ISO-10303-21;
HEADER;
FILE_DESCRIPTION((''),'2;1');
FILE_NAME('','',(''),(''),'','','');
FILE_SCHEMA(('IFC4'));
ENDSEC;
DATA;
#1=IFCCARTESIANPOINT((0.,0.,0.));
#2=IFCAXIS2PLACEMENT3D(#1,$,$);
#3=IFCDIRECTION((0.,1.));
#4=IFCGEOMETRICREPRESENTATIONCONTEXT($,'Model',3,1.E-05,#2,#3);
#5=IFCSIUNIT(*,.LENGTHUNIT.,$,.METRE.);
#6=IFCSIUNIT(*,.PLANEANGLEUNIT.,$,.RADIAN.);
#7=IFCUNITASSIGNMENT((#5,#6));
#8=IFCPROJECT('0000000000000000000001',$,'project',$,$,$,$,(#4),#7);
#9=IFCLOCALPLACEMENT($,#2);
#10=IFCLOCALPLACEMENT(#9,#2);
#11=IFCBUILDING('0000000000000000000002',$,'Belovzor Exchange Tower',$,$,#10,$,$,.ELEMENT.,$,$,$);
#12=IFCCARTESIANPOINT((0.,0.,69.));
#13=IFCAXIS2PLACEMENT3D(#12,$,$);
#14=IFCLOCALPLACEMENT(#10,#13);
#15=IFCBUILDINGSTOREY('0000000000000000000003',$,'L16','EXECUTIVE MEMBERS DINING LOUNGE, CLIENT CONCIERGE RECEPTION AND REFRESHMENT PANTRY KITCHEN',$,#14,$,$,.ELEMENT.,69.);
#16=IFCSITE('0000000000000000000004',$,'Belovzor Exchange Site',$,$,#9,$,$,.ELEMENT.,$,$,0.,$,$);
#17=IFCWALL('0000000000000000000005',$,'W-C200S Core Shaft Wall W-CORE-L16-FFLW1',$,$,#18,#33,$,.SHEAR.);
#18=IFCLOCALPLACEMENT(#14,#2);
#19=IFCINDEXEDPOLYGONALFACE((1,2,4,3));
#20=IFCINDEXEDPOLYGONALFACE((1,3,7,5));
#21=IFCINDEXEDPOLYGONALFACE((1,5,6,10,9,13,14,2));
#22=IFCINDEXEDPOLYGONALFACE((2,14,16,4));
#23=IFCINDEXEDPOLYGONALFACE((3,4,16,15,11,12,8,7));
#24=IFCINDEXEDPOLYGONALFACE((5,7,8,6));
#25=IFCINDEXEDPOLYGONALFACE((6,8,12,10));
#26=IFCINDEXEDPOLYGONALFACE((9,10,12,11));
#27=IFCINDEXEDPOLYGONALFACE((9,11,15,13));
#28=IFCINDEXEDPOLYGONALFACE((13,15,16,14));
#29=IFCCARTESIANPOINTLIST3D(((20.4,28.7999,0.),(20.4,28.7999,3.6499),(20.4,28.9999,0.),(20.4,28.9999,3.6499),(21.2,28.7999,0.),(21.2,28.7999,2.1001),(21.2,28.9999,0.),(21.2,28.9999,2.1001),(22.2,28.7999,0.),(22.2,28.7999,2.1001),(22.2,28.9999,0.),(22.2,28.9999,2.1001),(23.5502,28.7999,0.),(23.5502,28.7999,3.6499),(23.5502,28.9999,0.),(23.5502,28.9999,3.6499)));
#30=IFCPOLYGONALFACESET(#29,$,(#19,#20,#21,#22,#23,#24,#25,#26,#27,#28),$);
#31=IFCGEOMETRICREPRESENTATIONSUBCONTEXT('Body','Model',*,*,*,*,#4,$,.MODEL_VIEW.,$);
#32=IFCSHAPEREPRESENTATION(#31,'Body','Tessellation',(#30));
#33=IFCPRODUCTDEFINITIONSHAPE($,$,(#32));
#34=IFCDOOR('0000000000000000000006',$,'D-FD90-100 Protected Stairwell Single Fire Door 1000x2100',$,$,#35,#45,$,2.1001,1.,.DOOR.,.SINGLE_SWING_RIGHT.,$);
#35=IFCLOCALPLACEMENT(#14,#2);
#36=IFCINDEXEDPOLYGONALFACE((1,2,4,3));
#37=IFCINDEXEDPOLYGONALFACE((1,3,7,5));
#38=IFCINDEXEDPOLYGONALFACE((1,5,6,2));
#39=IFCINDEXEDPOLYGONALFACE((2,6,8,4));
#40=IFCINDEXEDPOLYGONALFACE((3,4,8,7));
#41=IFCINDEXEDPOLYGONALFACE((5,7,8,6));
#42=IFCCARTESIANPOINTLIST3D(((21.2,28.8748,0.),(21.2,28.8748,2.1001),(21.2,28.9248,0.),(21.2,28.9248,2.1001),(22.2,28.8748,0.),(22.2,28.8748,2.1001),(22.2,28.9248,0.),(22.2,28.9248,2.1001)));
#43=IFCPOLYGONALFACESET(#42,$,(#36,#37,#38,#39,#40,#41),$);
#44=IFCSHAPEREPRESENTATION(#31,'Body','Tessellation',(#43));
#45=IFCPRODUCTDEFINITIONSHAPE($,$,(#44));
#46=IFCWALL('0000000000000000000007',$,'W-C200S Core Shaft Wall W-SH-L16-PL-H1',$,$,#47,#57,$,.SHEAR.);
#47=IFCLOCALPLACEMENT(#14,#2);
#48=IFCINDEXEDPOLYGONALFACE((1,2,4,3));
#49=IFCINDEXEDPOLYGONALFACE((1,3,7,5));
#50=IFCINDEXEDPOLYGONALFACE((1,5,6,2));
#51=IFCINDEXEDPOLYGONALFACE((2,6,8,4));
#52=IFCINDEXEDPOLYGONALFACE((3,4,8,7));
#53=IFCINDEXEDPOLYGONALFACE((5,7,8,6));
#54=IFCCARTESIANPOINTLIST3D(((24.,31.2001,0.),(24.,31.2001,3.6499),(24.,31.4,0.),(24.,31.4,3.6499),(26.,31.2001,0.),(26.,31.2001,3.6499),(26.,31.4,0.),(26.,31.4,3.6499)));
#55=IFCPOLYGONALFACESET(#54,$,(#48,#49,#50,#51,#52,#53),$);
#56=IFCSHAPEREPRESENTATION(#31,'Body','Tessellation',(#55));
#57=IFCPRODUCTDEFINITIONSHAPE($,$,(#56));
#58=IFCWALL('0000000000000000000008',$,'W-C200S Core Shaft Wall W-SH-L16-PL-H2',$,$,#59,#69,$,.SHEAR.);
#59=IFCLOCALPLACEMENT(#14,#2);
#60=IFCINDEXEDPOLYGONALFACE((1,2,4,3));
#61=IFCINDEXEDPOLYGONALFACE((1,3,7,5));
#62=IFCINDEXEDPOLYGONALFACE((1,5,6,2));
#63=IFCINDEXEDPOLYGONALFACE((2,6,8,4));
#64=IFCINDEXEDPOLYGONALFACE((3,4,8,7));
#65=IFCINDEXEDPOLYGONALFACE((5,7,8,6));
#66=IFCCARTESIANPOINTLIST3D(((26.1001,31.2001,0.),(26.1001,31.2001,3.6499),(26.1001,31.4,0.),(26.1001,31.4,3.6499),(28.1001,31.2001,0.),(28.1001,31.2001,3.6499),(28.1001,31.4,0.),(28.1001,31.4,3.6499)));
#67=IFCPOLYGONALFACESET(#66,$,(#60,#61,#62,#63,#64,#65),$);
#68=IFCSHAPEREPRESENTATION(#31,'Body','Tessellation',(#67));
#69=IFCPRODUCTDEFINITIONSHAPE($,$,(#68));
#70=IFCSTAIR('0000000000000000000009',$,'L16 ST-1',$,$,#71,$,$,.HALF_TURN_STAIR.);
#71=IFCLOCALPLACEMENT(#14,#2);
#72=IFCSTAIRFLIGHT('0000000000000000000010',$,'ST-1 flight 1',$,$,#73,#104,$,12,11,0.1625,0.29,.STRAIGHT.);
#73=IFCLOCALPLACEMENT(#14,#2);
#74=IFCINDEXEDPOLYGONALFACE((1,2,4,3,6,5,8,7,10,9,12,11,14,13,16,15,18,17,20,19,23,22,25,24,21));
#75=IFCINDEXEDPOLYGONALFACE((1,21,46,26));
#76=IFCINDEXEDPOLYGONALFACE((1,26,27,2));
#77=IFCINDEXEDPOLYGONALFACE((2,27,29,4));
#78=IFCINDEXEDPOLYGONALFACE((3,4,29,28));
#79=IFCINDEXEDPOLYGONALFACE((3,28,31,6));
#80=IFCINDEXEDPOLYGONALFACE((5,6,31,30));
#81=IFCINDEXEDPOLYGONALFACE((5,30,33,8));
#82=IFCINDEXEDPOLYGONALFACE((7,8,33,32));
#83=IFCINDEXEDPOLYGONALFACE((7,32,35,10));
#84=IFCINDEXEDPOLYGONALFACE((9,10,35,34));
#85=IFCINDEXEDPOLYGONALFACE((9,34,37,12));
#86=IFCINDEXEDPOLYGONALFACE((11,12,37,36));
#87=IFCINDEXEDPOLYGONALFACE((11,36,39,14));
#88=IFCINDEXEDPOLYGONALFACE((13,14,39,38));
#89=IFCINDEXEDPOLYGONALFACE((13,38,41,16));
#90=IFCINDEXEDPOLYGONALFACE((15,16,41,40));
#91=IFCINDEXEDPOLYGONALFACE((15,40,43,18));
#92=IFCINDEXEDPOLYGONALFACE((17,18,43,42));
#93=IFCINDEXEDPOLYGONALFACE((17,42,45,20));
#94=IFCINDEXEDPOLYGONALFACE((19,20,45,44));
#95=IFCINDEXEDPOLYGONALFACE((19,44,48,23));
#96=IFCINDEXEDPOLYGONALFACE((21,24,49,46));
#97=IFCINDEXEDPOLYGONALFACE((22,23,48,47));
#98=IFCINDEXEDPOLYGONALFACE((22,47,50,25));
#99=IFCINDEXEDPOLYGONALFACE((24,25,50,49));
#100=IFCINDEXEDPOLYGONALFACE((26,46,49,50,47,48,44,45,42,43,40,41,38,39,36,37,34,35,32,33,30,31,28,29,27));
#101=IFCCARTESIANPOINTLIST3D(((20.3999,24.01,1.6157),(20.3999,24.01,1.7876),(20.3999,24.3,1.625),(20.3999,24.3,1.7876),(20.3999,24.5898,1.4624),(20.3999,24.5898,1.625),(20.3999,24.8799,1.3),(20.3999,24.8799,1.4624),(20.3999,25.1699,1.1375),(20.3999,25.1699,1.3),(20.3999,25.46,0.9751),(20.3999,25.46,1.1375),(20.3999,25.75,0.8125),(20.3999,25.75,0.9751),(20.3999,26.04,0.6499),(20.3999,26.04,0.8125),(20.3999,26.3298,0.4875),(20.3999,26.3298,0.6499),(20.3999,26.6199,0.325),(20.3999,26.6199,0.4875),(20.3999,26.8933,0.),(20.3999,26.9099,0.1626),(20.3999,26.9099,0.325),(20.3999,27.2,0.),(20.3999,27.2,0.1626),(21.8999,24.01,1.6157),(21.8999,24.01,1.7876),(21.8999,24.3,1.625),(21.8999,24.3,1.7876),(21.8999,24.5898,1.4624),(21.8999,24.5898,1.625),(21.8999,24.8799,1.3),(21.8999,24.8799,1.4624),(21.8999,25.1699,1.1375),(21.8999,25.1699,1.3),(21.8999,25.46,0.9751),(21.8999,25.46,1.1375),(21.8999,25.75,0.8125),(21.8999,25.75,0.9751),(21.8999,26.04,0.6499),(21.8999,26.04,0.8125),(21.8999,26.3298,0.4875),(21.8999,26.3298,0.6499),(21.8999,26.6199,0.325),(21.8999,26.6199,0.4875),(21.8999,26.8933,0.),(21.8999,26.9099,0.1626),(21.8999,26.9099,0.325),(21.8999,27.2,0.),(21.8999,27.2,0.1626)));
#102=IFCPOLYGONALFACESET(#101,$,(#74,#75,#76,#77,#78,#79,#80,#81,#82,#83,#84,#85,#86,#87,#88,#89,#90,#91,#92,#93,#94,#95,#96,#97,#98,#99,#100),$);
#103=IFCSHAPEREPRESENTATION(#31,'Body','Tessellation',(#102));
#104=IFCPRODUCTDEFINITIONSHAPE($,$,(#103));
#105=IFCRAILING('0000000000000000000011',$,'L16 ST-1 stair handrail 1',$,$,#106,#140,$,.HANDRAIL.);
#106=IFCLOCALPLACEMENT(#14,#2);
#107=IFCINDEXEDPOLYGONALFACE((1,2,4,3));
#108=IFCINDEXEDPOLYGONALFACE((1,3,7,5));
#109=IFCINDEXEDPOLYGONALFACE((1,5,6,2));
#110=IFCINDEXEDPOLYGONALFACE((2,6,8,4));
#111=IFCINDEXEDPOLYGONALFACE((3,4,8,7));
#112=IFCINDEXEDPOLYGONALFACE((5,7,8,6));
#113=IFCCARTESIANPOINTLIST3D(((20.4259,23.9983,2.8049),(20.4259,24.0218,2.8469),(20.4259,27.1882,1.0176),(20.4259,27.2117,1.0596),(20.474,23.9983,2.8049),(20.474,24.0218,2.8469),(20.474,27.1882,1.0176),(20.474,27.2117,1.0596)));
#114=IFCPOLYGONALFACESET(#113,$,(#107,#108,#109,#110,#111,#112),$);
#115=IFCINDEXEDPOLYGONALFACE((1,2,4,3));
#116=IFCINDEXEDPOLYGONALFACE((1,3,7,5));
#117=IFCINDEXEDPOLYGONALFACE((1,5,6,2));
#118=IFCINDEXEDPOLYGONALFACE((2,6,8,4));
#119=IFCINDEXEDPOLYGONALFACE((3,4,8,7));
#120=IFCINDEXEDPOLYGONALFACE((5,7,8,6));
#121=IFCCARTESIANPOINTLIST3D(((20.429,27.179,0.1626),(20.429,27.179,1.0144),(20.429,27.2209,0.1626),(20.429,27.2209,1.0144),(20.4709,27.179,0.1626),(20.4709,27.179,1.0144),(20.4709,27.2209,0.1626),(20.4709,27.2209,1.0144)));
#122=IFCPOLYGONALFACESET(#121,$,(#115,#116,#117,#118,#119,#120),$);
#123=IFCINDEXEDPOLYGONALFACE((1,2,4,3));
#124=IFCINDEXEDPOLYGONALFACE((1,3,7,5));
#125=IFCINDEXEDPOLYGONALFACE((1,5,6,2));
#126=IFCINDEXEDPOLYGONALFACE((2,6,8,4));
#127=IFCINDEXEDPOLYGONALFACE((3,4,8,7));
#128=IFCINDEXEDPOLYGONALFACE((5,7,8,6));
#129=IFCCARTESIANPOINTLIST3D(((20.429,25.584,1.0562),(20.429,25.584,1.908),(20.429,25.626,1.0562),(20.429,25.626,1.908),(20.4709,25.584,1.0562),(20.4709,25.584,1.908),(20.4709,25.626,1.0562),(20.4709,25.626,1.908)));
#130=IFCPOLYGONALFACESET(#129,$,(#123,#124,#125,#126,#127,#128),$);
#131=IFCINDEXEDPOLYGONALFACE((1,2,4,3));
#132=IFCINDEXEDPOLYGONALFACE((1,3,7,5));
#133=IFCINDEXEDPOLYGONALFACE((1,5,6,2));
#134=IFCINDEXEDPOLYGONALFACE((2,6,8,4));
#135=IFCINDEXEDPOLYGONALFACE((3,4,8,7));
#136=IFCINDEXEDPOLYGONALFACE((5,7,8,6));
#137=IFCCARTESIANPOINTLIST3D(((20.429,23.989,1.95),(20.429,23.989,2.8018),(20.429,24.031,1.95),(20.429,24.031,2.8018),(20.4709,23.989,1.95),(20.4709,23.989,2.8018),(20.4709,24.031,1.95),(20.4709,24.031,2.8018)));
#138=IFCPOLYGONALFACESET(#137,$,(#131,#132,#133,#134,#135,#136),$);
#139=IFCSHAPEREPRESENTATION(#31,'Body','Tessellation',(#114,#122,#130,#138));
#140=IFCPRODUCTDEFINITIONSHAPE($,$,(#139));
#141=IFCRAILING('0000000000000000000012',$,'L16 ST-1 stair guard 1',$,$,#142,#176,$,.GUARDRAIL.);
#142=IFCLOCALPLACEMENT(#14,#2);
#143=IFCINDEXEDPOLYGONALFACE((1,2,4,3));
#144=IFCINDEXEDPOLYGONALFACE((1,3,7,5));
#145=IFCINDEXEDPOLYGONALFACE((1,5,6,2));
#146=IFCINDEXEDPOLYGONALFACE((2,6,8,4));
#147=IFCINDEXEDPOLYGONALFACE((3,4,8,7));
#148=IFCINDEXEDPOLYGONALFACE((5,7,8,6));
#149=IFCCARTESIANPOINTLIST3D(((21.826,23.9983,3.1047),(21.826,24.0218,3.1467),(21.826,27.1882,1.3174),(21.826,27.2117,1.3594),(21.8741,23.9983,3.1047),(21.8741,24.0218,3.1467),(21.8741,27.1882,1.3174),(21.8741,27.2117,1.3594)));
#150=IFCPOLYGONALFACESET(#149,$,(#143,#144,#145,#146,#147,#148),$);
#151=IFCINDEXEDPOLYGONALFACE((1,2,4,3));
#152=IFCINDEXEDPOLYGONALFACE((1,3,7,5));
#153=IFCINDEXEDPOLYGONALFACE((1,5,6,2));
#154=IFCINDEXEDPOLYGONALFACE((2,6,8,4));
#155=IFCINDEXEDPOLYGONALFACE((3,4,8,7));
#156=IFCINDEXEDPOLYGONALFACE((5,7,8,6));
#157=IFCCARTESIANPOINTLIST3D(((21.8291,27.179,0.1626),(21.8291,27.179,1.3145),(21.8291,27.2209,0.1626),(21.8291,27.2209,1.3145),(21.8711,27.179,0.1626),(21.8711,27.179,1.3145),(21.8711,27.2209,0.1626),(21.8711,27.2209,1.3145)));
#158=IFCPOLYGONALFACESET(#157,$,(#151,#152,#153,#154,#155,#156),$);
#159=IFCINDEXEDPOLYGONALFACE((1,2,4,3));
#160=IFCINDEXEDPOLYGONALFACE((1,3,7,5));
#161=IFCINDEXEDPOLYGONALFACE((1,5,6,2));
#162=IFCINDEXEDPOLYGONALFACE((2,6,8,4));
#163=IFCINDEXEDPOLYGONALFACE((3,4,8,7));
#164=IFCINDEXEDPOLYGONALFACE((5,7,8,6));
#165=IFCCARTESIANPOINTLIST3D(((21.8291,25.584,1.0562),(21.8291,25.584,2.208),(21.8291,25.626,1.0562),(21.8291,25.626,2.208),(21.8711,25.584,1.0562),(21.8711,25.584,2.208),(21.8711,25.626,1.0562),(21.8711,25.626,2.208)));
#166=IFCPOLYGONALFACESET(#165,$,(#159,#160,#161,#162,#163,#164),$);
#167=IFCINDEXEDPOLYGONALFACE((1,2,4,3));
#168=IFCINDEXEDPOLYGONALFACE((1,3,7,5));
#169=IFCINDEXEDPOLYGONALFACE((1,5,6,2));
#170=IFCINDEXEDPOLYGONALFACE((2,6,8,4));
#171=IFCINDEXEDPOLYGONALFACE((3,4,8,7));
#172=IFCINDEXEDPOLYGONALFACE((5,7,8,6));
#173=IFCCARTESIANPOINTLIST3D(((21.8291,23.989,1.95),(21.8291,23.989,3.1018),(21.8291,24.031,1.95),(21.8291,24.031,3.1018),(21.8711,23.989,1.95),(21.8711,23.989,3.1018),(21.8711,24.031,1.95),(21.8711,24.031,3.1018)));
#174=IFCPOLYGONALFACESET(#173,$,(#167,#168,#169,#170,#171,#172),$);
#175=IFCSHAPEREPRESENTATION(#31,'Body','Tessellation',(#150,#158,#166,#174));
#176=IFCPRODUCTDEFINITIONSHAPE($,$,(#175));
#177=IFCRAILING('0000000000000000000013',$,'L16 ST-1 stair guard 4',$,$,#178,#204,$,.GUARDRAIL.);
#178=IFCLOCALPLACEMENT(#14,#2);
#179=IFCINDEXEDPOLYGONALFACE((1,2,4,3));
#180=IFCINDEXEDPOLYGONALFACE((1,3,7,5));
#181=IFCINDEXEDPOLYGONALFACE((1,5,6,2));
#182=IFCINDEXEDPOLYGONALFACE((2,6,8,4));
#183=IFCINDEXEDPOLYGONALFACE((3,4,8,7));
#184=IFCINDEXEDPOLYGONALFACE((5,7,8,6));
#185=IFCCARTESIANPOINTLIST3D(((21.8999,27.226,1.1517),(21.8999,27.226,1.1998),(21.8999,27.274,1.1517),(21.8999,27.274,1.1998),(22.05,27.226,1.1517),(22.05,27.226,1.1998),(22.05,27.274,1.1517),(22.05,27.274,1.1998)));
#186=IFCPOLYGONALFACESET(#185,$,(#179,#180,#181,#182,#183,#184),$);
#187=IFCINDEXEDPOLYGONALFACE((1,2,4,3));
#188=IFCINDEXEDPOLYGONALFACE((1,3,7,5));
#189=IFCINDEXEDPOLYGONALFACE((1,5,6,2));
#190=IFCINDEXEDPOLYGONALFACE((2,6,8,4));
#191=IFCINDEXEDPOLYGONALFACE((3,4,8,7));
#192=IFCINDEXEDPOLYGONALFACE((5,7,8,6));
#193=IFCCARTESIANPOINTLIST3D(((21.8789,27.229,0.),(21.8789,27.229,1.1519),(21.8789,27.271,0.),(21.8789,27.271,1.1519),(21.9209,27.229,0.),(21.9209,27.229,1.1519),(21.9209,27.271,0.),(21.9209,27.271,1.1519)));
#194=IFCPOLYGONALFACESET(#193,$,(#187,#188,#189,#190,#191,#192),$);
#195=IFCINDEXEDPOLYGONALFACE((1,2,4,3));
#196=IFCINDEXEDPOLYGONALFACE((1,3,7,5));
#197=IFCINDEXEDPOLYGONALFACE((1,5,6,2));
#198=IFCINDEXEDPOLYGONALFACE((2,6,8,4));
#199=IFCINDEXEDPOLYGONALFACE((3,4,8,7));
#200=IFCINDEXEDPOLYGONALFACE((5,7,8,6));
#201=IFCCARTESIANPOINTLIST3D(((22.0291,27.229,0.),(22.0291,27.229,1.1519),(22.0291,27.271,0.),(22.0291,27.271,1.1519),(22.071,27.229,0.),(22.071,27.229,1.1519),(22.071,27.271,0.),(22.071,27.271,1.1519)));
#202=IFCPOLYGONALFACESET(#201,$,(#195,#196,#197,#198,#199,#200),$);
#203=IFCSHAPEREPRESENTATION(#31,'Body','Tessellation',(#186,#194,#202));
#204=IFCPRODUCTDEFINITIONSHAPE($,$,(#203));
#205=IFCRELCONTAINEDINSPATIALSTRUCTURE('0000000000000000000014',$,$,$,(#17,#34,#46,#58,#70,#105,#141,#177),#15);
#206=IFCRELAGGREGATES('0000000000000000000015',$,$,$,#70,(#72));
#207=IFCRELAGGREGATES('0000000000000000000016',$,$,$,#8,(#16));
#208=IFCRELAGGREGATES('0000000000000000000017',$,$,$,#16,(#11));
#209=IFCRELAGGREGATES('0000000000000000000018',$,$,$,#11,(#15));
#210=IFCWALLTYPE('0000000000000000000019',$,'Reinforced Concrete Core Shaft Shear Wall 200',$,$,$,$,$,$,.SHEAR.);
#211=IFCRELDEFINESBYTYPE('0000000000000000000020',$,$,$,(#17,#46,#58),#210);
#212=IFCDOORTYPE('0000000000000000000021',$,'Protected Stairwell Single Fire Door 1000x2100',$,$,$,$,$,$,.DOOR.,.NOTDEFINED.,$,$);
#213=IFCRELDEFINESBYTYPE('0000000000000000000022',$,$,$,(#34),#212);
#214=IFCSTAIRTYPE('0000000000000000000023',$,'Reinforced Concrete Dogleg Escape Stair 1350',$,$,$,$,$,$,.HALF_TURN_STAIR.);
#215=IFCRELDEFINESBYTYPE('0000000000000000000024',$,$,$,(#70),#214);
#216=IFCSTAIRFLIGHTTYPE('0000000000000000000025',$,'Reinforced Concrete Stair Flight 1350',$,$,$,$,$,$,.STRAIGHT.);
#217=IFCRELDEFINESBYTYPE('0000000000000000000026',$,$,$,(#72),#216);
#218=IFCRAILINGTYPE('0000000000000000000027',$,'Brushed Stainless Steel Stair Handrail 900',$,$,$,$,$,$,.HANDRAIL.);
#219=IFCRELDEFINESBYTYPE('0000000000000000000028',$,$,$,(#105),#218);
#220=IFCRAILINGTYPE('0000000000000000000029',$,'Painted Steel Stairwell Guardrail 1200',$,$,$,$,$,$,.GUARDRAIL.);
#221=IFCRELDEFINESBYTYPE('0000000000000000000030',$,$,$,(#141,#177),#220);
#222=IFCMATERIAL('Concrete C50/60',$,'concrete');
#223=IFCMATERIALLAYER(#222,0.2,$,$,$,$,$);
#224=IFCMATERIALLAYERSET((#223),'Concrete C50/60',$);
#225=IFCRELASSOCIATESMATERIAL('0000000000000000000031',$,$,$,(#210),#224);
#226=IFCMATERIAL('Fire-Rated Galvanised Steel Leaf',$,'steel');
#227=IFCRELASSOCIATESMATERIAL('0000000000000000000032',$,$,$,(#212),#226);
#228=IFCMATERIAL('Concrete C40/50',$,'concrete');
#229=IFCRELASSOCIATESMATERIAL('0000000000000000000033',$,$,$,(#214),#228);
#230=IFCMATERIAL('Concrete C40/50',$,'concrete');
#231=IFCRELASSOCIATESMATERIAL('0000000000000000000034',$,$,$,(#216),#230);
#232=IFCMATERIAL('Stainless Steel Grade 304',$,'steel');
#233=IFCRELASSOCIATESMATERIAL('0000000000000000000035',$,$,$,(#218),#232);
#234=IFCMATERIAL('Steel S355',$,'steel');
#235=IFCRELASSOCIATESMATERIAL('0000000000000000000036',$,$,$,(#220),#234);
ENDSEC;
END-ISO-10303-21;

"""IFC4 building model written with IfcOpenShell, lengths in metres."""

from ifc_helpers import new_model, si_unit, direction, frame, frame_2d, origin, origin_2d, place, context, subcontext, project, spatial, polyline, rectangle, outline, extrude, material, layer, layer_set, type_object, element, fill, aggregate, save


model = new_model("IFC4")

# Units and contexts
model_context = context("Model", 3, precision=1e-05, world=origin(), true_north=direction((0.0, 1.0)))
body_context = subcontext(model_context, "Body", "Model", "MODEL_VIEW")
ifc_project = project(units=[si_unit("LENGTHUNIT", "METRE"), si_unit("PLANEANGLEUNIT", "RADIAN")], contexts=[model_context])

# Site, building, storey
site_placement = place(None, origin())
site = spatial("IfcSite", under=ifc_project, at=site_placement, Name="Belovzor Exchange Site", CompositionType="ELEMENT", RefElevation=0.0)
building_placement = place(site_placement, origin())
building = spatial("IfcBuilding", under=site, at=building_placement, Name="Belovzor Exchange Tower", CompositionType="ELEMENT")
storey_placement = place(building_placement, frame((0.0, 0.0, 69.0)))
storey = spatial("IfcBuildingStorey", under=building, at=storey_placement, Name="L16", Description="EXECUTIVE MEMBERS DINING LOUNGE, CLIENT CONCIERGE RECEPTION AND REFRESHMENT PANTRY KITCHEN", CompositionType="ELEMENT", Elevation=69.0)

# Wall, opening, door
ifc_material_1 = material(Name="Concrete C50/60", Category="concrete")
ifc_layer_1 = layer(ifc_material_1, 0.2)
ifc_layer_set_1 = layer_set([ifc_layer_1], Name="Concrete C50/60")
wall_type_1 = type_object("IfcWallType", Name="Reinforced Concrete Core Shaft Shear Wall 200", PredefinedType="SHEAR", material=ifc_layer_set_1)
wall_1_placement = place(storey_placement, frame((20.3999, 28.8999, 0.0), z_axis=(0.0, 0.0, 1.0), x_axis=(1.0, 0.0, 0.0)))
wall_1 = element("IfcWall", 1, at=wall_1_placement, inside=storey, type_object=wall_type_1, Name="W-C200S Core Shaft Wall W-CORE-L16-FFLW1", PredefinedType="SHEAR", context=body_context, shape_type="SweptSolid", body=[
    extrude(rectangle(XDim=3.1501, YDim=0.2, at=frame_2d((1.5752, 0.0))), origin(), (0.0, 0.0, 1.0), 3.6499),
])
opening_1_placement = place(wall_1_placement, frame((0.8, 0.0, 0.0)))
opening_1 = element("IfcOpeningElement", 2, at=opening_1_placement, cuts=wall_1, PredefinedType="OPENING", context=body_context, shape_type="SweptSolid", body=[
    extrude(rectangle(XDim=1.0, YDim=2.1001, at=frame_2d((0.5, 1.05))), frame((0.0, 0.1099, 0.0), z_axis=(0.0, -1.0, 0.0), x_axis=(1.0, 0.0, 0.0)), (0.0, 0.0, 1.0), 0.22),
])
ifc_material_2 = material(Name="Fire-Rated Galvanised Steel Leaf", Category="steel")
door_type_1 = type_object("IfcDoorType", Name="Protected Stairwell Single Fire Door 1000x2100", OperationType="NOTDEFINED", PredefinedType="DOOR", material=ifc_material_2)
door_1_placement = place(opening_1_placement, origin())
door_1 = element("IfcDoor", 3, at=door_1_placement, inside=storey, type_object=door_type_1, Name="D-FD90-100 Protected Stairwell Single Fire Door 1000x2100", OperationType="SINGLE_SWING_RIGHT", OverallHeight=2.1001, OverallWidth=1.0, PredefinedType="DOOR", context=body_context, shape_type="SweptSolid", body=[
    extrude(rectangle(XDim=1.0, YDim=2.1001, at=frame_2d((0.5, 1.05))), frame((0.0, 0.0249, 0.0), z_axis=(0.0, -1.0, 0.0), x_axis=(1.0, 0.0, 0.0)), (0.0, 0.0, 1.0), 0.05),
])
fill(opening_1, door_1)

# Walls
for number, where, z_axis, x_axis, name in (
    (4, (24.0, 31.3, 0.0), (0.0, 0.0, 1.0), (1.0, 0.0, 0.0), "W-C200S Core Shaft Wall W-SH-L16-PL-H1"),
    (5, (26.1001, 31.3, 0.0), (0.0, 0.0, 1.0), (1.0, 0.0, 0.0), "W-C200S Core Shaft Wall W-SH-L16-PL-H2"),
):
    element("IfcWall", number, at=place(storey_placement, frame(where, z_axis=z_axis, x_axis=x_axis)), inside=storey, type_object=wall_type_1, Name=name, PredefinedType="SHEAR", context=body_context, shape_type="SweptSolid", body=[
        extrude(rectangle(XDim=2.0, YDim=0.2, at=frame_2d((1.0, 0.0))), origin(), (0.0, 0.0, 1.0), 3.6499),
    ])

# Stair, stair flight
ifc_material_3 = material(Name="Concrete C40/50", Category="concrete")
stair_type = type_object("IfcStairType", Name="Reinforced Concrete Dogleg Escape Stair 1350", PredefinedType="HALF_TURN_STAIR", material=ifc_material_3)
stair_placement = place(storey_placement, origin())
stair = element("IfcStair", 6, at=stair_placement, inside=storey, type_object=stair_type, Name="L16 ST-1", PredefinedType="HALF_TURN_STAIR")
ifc_material_4 = material(Name="Concrete C40/50", Category="concrete")
stair_flight_type = type_object("IfcStairFlightType", Name="Reinforced Concrete Stair Flight 1350", PredefinedType="STRAIGHT", material=ifc_material_4)
stair_flight_placement = place(storey_placement, frame((21.1499, 27.2, 0.0), z_axis=(0.0, 0.0, 1.0), x_axis=(0.0, -1.0, 0.0)))
stair_flight = element("IfcStairFlight", 7, at=stair_flight_placement, type_object=stair_flight_type, Name="ST-1 flight 1", NumberOfRisers=12, NumberOfTreads=11, PredefinedType="STRAIGHT", RiserHeight=0.1625, TreadLength=0.29, context=body_context, shape_type="SweptSolid", body=[
    extrude(outline(polyline([(0.0, 0.0), (0.0, 0.1626), (0.29, 0.1626), (0.29, 0.325), (0.5801, 0.325), (0.5801, 0.4875), (0.8701, 0.4875), (0.8701, 0.6499), (1.1599, 0.6499), (1.1599, 0.8125), (1.45, 0.8125), (1.45, 0.9751), (1.74, 0.9751), (1.74, 1.1375), (2.03, 1.1375), (2.03, 1.3), (2.3201, 1.3), (2.3201, 1.4624), (2.6101, 1.4624), (2.6101, 1.625), (2.8999, 1.625), (2.8999, 1.7876), (3.1899, 1.7876), (3.1899, 1.95), (3.1899, 1.6157), (0.3066, 0.0), (0.0, 0.0)])), frame((0.0, 0.75, 0.0), z_axis=(0.0, -1.0, 0.0), x_axis=(1.0, 0.0, 0.0)), (0.0, 0.0, 1.0), 1.5),
])
aggregate(stair, [stair_flight])

# Railings
ifc_material_5 = material(Name="Stainless Steel Grade 304", Category="steel")
railing_type_1 = type_object("IfcRailingType", Name="Brushed Stainless Steel Stair Handrail 900", PredefinedType="HANDRAIL", material=ifc_material_5)
railing_1_placement = place(storey_placement, frame((20.45, 27.2, 0.1626)))
element("IfcRailing", 8, at=railing_1_placement, inside=storey, type_object=railing_type_1, Name="L16 ST-1 stair handrail 1", PredefinedType="HANDRAIL", context=body_context, shape_type="SweptSolid", body=[
    extrude(rectangle(XDim=0.0481, YDim=0.0481, at=origin_2d()), frame((0.0, 0.0, 0.876), z_axis=(0.0, -0.872391, 0.488809), x_axis=(1.0, 0.0, 0.0)), (0.0, 0.0, 1.0), 3.6565),
    extrude(rectangle(XDim=0.042, YDim=0.042, at=origin_2d()), origin(), (0.0, 0.0, 1.0), 0.8518),
    extrude(rectangle(XDim=0.042, YDim=0.042, at=origin_2d()), frame((0.0, -1.595, 0.8936)), (0.0, 0.0, 1.0), 0.8518),
    extrude(rectangle(XDim=0.042, YDim=0.042, at=origin_2d()), frame((0.0, -3.1899, 1.7874)), (0.0, 0.0, 1.0), 0.8518),
])
ifc_material_6 = material(Name="Steel S355", Category="steel")
railing_type_2 = type_object("IfcRailingType", Name="Painted Steel Stairwell Guardrail 1200", PredefinedType="GUARDRAIL", material=ifc_material_6)
railing_2_placement = place(storey_placement, frame((21.8501, 27.2, 0.1626)))
element("IfcRailing", 9, at=railing_2_placement, inside=storey, type_object=railing_type_2, Name="L16 ST-1 stair guard 1", PredefinedType="GUARDRAIL", context=body_context, shape_type="SweptSolid", body=[
    extrude(rectangle(XDim=0.0481, YDim=0.0481, at=origin_2d()), frame((0.0, 0.0, 1.1758), z_axis=(0.0, -0.872391, 0.488809), x_axis=(1.0, 0.0, 0.0)), (0.0, 0.0, 1.0), 3.6565),
    extrude(rectangle(XDim=0.042, YDim=0.042, at=origin_2d()), origin(), (0.0, 0.0, 1.0), 1.1519),
    extrude(rectangle(XDim=0.042, YDim=0.042, at=origin_2d()), frame((0.0, -1.595, 0.8936)), (0.0, 0.0, 1.0), 1.1519),
    extrude(rectangle(XDim=0.042, YDim=0.042, at=origin_2d()), frame((0.0, -3.1899, 1.7874)), (0.0, 0.0, 1.0), 1.1519),
])
railing_3_placement = place(storey_placement, frame((21.8999, 27.25, 0.0)))
element("IfcRailing", 10, at=railing_3_placement, inside=storey, type_object=railing_type_2, Name="L16 ST-1 stair guard 4", PredefinedType="GUARDRAIL", context=body_context, shape_type="SweptSolid", body=[
    extrude(rectangle(XDim=0.0481, YDim=0.0481, at=origin_2d()), frame((0.0, 0.0, 1.1758), z_axis=(1.0, 0.0, 0.0), x_axis=(0.0, 1.0, 0.0)), (0.0, 0.0, 1.0), 0.1501),
    extrude(rectangle(XDim=0.042, YDim=0.042, at=origin_2d()), origin(), (0.0, 0.0, 1.0), 1.1519),
    extrude(rectangle(XDim=0.042, YDim=0.042, at=origin_2d()), frame((0.1501, 0.0, 0.0)), (0.0, 0.0, 1.0), 1.1519),
])

save(model, "model.ifc")
